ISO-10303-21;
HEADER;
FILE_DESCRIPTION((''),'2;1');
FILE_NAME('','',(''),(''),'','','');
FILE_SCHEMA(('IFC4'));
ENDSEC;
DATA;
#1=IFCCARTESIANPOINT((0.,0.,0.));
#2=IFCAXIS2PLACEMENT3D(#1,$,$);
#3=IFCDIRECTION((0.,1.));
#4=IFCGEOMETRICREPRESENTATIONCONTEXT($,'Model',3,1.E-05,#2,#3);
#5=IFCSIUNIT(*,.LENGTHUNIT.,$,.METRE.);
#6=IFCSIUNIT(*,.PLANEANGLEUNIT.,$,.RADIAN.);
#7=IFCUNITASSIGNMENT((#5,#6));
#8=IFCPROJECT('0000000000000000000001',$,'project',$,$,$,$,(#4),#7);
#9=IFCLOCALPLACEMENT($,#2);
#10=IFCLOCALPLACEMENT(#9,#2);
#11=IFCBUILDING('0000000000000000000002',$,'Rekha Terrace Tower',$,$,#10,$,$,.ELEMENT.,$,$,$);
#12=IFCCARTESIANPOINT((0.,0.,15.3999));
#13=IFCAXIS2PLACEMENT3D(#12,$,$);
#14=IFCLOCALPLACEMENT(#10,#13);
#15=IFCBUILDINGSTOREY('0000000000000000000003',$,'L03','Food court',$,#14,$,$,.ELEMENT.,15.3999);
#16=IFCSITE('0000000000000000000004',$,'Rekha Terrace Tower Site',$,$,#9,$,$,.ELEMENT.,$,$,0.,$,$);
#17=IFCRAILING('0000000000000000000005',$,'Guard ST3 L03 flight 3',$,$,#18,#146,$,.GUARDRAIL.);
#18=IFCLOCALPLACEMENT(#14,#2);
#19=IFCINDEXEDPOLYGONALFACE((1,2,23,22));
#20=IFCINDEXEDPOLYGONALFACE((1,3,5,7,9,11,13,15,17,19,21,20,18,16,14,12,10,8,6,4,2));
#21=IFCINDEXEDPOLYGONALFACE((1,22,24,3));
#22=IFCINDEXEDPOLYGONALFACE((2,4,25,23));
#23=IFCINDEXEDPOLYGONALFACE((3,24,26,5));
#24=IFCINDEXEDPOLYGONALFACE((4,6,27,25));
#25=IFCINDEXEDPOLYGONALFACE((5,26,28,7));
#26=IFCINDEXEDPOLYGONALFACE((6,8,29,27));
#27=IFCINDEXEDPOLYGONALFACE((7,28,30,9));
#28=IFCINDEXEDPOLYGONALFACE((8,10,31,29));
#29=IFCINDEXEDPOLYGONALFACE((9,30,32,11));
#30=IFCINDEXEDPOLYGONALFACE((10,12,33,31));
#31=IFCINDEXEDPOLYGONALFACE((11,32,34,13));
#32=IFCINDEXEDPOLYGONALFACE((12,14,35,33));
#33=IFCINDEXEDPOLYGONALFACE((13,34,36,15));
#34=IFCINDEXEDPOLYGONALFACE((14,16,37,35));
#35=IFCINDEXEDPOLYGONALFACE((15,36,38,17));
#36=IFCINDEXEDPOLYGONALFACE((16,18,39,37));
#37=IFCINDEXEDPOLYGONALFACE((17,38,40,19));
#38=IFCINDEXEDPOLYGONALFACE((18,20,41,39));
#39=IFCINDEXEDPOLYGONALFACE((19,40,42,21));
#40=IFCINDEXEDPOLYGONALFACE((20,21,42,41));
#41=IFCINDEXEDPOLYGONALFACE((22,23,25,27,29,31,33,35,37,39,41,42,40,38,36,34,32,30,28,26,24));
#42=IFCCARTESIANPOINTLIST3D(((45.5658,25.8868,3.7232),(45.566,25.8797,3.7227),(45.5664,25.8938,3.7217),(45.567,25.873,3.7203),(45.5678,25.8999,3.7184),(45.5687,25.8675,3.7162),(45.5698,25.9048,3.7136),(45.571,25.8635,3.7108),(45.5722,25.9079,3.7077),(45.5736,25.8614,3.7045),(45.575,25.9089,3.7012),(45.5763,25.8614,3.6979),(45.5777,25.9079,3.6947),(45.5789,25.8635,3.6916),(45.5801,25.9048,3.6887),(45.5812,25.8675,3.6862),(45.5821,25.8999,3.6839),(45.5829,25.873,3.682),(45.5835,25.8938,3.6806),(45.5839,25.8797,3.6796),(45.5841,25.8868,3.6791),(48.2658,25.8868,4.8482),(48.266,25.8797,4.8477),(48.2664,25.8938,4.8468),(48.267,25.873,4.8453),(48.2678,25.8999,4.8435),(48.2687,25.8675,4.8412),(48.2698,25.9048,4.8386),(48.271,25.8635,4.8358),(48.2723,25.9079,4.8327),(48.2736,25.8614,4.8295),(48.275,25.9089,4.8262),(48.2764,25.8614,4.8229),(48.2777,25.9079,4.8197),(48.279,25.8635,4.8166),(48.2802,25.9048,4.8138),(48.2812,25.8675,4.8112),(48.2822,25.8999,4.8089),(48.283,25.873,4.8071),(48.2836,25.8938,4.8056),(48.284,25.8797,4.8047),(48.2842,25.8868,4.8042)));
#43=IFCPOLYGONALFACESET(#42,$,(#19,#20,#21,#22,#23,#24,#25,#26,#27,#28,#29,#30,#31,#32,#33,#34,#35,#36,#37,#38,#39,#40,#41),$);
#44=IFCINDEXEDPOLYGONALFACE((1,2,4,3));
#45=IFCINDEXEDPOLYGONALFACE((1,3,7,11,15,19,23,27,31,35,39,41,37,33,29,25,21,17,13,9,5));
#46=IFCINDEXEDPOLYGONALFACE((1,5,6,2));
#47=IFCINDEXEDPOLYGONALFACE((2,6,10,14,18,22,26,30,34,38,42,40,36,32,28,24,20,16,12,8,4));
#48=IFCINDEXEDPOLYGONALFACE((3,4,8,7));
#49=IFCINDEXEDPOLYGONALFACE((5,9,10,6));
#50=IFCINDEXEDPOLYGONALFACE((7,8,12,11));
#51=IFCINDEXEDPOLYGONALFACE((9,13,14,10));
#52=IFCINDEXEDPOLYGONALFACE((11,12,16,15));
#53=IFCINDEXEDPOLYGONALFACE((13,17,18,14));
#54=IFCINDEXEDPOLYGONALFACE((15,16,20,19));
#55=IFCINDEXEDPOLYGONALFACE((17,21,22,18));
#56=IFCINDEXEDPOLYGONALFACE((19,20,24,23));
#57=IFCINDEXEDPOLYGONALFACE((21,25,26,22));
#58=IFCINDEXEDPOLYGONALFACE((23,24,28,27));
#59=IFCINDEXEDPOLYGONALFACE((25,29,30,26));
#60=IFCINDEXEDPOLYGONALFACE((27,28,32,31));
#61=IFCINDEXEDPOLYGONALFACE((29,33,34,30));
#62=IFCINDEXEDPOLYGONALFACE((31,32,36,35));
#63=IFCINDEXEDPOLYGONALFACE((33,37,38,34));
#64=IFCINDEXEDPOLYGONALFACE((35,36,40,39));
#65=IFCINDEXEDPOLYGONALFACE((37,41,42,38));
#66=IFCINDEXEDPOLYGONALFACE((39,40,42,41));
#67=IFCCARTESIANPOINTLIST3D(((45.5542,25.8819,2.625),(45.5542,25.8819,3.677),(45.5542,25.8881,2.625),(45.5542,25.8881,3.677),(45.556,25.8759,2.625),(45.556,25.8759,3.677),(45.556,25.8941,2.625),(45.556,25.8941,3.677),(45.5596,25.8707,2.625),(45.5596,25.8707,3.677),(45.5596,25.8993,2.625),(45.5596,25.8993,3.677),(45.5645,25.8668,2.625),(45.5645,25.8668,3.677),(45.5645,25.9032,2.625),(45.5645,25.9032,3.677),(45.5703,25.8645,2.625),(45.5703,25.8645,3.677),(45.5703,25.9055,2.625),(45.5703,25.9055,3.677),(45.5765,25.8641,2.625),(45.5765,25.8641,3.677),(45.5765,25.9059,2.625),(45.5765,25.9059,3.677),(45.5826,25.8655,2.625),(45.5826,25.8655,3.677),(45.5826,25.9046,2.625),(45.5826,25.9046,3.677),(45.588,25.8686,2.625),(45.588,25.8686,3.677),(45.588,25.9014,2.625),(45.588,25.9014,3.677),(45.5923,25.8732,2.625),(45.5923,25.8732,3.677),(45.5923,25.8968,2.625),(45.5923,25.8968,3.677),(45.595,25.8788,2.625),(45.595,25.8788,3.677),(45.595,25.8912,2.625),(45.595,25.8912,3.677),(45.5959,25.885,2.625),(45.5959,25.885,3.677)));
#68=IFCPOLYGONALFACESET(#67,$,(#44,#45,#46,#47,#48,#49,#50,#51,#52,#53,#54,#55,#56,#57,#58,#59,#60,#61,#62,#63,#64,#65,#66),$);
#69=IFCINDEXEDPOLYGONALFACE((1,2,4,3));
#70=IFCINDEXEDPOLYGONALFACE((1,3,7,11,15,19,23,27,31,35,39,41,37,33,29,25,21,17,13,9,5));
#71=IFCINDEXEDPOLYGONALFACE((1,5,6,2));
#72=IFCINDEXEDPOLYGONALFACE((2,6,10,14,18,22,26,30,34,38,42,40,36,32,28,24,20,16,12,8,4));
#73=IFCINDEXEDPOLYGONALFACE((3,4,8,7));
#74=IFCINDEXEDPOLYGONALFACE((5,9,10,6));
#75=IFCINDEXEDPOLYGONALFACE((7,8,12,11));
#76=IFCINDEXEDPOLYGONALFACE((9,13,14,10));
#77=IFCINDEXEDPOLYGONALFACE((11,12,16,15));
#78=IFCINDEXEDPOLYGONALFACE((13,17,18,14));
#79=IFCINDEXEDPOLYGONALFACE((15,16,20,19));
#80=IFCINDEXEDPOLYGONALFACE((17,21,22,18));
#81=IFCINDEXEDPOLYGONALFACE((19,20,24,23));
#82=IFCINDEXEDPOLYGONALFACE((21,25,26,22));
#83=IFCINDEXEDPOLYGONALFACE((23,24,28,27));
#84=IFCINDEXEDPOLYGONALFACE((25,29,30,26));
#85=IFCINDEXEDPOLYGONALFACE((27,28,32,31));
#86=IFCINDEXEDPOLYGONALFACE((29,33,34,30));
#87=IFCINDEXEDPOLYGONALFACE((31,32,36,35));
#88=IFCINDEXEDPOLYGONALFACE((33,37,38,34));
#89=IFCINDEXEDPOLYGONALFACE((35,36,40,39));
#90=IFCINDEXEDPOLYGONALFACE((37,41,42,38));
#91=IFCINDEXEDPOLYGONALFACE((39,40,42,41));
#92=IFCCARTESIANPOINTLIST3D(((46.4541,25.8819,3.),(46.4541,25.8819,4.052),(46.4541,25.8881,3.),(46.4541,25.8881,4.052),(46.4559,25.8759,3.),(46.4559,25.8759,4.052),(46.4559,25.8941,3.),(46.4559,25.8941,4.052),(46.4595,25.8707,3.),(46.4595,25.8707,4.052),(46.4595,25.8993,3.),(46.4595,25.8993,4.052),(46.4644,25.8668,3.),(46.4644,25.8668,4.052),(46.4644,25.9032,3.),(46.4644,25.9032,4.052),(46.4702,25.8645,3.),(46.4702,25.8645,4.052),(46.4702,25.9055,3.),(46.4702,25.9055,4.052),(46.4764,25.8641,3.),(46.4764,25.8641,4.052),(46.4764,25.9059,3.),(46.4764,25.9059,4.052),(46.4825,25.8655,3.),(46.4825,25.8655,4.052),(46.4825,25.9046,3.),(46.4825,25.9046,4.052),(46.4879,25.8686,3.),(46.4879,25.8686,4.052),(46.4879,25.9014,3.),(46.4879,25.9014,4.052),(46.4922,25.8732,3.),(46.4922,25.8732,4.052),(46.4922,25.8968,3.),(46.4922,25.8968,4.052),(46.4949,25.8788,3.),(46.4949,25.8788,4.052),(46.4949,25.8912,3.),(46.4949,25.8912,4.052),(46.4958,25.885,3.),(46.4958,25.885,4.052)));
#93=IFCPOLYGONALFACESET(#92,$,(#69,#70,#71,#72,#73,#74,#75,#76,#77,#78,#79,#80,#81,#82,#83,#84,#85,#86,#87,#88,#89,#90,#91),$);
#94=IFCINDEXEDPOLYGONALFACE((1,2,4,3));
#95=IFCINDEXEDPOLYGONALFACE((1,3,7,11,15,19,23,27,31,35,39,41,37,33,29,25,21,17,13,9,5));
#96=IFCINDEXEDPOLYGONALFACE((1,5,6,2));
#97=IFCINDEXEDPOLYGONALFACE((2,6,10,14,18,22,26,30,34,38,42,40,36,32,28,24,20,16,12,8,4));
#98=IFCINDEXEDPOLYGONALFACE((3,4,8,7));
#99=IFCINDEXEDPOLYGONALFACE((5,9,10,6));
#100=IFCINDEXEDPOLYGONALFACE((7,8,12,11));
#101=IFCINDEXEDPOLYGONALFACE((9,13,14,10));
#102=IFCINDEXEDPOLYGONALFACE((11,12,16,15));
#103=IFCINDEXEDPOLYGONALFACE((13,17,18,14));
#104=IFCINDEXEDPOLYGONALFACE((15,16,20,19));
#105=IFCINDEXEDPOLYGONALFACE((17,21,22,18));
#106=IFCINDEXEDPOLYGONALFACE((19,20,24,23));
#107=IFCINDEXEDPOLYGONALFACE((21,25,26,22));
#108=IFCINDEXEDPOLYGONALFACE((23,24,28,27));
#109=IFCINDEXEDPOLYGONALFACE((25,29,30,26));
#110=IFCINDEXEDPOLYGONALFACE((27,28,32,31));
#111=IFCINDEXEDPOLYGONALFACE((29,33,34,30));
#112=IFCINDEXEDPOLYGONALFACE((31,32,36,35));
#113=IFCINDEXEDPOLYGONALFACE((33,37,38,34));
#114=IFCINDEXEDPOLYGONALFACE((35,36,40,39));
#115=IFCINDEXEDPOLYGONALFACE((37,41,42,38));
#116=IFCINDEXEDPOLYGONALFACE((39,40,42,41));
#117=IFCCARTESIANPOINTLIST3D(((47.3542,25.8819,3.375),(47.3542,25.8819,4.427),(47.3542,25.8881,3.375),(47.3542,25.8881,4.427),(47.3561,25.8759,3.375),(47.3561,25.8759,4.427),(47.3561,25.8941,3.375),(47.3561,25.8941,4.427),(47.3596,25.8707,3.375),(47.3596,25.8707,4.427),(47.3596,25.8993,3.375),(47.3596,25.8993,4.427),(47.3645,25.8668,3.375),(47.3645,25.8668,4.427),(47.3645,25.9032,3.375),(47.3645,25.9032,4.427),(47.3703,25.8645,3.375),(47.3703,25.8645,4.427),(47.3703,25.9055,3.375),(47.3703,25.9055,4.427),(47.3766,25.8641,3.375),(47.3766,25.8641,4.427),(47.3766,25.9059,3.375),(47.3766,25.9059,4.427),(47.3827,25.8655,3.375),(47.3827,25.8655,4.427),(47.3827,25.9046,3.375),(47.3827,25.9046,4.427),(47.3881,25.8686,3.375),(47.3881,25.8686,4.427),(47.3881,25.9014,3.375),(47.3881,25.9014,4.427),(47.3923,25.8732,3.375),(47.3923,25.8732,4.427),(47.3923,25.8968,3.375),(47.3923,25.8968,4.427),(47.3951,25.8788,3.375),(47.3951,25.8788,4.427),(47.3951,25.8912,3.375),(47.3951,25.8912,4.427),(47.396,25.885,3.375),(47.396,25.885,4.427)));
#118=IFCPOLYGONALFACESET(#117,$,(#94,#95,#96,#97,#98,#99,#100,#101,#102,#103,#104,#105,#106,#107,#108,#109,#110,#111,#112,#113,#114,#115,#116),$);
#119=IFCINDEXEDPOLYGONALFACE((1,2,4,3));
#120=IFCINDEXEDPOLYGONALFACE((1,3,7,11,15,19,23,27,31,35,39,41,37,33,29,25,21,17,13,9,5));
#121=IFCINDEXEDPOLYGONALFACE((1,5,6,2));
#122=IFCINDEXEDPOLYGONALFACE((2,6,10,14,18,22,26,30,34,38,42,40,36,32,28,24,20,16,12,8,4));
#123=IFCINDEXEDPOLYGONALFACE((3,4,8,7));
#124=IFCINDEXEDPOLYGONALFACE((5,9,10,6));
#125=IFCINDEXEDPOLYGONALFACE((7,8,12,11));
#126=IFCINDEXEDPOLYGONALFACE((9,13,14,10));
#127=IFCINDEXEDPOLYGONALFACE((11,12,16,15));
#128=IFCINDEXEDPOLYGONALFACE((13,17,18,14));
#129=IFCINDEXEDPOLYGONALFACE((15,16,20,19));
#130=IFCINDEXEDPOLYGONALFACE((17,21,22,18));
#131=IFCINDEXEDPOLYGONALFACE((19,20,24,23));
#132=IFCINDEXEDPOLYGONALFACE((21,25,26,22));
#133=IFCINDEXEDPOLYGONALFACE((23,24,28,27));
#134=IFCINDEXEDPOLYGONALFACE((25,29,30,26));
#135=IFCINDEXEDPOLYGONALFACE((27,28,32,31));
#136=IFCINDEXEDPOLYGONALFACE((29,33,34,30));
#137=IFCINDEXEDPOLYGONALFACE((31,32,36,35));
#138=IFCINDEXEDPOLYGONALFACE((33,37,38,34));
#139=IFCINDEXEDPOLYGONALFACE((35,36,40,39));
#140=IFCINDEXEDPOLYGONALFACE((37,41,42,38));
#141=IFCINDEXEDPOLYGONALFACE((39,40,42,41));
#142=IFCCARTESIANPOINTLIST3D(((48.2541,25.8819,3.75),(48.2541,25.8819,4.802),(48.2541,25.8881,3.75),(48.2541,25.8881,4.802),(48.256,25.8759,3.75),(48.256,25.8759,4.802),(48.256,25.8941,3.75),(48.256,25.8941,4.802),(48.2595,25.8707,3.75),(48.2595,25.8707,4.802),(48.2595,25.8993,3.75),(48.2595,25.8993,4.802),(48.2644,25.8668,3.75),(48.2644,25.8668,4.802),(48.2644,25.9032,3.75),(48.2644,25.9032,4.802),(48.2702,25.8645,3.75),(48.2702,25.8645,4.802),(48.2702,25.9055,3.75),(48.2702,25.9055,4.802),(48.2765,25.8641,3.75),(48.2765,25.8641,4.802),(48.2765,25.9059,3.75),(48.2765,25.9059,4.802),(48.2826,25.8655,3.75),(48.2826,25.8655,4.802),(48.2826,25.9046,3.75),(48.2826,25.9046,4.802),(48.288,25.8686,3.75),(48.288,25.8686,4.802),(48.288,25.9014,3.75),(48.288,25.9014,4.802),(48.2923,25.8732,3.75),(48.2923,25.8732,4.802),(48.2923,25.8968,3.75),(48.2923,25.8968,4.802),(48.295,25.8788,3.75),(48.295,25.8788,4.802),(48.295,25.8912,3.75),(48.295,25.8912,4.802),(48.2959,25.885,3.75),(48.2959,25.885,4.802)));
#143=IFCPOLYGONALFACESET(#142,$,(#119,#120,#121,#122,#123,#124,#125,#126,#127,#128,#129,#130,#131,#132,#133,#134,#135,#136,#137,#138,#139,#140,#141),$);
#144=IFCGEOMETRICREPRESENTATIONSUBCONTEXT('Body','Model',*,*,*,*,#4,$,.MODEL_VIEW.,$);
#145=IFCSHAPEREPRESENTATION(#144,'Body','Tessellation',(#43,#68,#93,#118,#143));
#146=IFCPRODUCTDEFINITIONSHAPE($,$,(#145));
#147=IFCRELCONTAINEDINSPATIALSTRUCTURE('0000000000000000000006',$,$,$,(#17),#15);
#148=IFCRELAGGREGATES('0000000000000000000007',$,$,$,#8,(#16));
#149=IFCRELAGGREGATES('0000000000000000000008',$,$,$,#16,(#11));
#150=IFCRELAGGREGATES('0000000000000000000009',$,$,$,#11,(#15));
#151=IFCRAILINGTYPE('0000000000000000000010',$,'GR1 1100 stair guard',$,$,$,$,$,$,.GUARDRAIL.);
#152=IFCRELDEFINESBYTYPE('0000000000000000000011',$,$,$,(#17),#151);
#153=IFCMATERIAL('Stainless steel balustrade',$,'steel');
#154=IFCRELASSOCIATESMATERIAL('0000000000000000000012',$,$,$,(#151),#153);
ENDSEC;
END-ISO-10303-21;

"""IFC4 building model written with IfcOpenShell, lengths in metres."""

from ifc_helpers import new_model, si_unit, direction, frame, origin, origin_2d, place, context, subcontext, project, spatial, circle, extrude, material, type_object, element, save


model = new_model("IFC4")

# Units and contexts
model_context = context("Model", 3, precision=1e-05, world=origin(), true_north=direction((0.0, 1.0)))
body_context = subcontext(model_context, "Body", "Model", "MODEL_VIEW")
ifc_project = project(units=[si_unit("LENGTHUNIT", "METRE"), si_unit("PLANEANGLEUNIT", "RADIAN")], contexts=[model_context])

# Site, building, storey
site_placement = place(None, origin())
site = spatial("IfcSite", under=ifc_project, at=site_placement, Name="Rekha Terrace Tower Site", CompositionType="ELEMENT", RefElevation=0.0)
building_placement = place(site_placement, origin())
building = spatial("IfcBuilding", under=site, at=building_placement, Name="Rekha Terrace Tower", CompositionType="ELEMENT")
storey_placement = place(building_placement, frame((0.0, 0.0, 15.3999)))
storey = spatial("IfcBuildingStorey", under=building, at=storey_placement, Name="L03", Description="Food court", CompositionType="ELEMENT", Elevation=15.3999)

# Railing
ifc_material_1 = material(Name="Stainless steel balustrade", Category="steel")
railing_type_1 = type_object("IfcRailingType", Name="GR1 1100 stair guard", PredefinedType="GUARDRAIL", material=ifc_material_1)
railing_1_placement = place(storey_placement, frame((45.575, 25.885, 2.625)))
element("IfcRailing", 1, at=railing_1_placement, inside=storey, type_object=railing_type_1, Name="Guard ST3 L03 flight 3", PredefinedType="GUARDRAIL", context=body_context, shape_type="SweptSolid", body=[
    extrude(circle(Radius=0.0239, at=origin_2d()), frame((0.0, 0.0, 1.0762), z_axis=(0.923074, 0.0, 0.384621), x_axis=(0.0, 1.0, 0.0)), (0.0, 0.0, 1.0), 2.925),
    extrude(circle(Radius=0.021, at=origin_2d()), origin(), (0.0, 0.0, 1.0), 1.052),
    extrude(circle(Radius=0.021, at=origin_2d()), frame((0.8999, 0.0, 0.375)), (0.0, 0.0, 1.0), 1.052),
    extrude(circle(Radius=0.021, at=origin_2d()), frame((1.8, 0.0, 0.75)), (0.0, 0.0, 1.0), 1.052),
    extrude(circle(Radius=0.021, at=origin_2d()), frame((2.7, 0.0, 1.125)), (0.0, 0.0, 1.0), 1.052),
])

save(model, "model.ifc")
